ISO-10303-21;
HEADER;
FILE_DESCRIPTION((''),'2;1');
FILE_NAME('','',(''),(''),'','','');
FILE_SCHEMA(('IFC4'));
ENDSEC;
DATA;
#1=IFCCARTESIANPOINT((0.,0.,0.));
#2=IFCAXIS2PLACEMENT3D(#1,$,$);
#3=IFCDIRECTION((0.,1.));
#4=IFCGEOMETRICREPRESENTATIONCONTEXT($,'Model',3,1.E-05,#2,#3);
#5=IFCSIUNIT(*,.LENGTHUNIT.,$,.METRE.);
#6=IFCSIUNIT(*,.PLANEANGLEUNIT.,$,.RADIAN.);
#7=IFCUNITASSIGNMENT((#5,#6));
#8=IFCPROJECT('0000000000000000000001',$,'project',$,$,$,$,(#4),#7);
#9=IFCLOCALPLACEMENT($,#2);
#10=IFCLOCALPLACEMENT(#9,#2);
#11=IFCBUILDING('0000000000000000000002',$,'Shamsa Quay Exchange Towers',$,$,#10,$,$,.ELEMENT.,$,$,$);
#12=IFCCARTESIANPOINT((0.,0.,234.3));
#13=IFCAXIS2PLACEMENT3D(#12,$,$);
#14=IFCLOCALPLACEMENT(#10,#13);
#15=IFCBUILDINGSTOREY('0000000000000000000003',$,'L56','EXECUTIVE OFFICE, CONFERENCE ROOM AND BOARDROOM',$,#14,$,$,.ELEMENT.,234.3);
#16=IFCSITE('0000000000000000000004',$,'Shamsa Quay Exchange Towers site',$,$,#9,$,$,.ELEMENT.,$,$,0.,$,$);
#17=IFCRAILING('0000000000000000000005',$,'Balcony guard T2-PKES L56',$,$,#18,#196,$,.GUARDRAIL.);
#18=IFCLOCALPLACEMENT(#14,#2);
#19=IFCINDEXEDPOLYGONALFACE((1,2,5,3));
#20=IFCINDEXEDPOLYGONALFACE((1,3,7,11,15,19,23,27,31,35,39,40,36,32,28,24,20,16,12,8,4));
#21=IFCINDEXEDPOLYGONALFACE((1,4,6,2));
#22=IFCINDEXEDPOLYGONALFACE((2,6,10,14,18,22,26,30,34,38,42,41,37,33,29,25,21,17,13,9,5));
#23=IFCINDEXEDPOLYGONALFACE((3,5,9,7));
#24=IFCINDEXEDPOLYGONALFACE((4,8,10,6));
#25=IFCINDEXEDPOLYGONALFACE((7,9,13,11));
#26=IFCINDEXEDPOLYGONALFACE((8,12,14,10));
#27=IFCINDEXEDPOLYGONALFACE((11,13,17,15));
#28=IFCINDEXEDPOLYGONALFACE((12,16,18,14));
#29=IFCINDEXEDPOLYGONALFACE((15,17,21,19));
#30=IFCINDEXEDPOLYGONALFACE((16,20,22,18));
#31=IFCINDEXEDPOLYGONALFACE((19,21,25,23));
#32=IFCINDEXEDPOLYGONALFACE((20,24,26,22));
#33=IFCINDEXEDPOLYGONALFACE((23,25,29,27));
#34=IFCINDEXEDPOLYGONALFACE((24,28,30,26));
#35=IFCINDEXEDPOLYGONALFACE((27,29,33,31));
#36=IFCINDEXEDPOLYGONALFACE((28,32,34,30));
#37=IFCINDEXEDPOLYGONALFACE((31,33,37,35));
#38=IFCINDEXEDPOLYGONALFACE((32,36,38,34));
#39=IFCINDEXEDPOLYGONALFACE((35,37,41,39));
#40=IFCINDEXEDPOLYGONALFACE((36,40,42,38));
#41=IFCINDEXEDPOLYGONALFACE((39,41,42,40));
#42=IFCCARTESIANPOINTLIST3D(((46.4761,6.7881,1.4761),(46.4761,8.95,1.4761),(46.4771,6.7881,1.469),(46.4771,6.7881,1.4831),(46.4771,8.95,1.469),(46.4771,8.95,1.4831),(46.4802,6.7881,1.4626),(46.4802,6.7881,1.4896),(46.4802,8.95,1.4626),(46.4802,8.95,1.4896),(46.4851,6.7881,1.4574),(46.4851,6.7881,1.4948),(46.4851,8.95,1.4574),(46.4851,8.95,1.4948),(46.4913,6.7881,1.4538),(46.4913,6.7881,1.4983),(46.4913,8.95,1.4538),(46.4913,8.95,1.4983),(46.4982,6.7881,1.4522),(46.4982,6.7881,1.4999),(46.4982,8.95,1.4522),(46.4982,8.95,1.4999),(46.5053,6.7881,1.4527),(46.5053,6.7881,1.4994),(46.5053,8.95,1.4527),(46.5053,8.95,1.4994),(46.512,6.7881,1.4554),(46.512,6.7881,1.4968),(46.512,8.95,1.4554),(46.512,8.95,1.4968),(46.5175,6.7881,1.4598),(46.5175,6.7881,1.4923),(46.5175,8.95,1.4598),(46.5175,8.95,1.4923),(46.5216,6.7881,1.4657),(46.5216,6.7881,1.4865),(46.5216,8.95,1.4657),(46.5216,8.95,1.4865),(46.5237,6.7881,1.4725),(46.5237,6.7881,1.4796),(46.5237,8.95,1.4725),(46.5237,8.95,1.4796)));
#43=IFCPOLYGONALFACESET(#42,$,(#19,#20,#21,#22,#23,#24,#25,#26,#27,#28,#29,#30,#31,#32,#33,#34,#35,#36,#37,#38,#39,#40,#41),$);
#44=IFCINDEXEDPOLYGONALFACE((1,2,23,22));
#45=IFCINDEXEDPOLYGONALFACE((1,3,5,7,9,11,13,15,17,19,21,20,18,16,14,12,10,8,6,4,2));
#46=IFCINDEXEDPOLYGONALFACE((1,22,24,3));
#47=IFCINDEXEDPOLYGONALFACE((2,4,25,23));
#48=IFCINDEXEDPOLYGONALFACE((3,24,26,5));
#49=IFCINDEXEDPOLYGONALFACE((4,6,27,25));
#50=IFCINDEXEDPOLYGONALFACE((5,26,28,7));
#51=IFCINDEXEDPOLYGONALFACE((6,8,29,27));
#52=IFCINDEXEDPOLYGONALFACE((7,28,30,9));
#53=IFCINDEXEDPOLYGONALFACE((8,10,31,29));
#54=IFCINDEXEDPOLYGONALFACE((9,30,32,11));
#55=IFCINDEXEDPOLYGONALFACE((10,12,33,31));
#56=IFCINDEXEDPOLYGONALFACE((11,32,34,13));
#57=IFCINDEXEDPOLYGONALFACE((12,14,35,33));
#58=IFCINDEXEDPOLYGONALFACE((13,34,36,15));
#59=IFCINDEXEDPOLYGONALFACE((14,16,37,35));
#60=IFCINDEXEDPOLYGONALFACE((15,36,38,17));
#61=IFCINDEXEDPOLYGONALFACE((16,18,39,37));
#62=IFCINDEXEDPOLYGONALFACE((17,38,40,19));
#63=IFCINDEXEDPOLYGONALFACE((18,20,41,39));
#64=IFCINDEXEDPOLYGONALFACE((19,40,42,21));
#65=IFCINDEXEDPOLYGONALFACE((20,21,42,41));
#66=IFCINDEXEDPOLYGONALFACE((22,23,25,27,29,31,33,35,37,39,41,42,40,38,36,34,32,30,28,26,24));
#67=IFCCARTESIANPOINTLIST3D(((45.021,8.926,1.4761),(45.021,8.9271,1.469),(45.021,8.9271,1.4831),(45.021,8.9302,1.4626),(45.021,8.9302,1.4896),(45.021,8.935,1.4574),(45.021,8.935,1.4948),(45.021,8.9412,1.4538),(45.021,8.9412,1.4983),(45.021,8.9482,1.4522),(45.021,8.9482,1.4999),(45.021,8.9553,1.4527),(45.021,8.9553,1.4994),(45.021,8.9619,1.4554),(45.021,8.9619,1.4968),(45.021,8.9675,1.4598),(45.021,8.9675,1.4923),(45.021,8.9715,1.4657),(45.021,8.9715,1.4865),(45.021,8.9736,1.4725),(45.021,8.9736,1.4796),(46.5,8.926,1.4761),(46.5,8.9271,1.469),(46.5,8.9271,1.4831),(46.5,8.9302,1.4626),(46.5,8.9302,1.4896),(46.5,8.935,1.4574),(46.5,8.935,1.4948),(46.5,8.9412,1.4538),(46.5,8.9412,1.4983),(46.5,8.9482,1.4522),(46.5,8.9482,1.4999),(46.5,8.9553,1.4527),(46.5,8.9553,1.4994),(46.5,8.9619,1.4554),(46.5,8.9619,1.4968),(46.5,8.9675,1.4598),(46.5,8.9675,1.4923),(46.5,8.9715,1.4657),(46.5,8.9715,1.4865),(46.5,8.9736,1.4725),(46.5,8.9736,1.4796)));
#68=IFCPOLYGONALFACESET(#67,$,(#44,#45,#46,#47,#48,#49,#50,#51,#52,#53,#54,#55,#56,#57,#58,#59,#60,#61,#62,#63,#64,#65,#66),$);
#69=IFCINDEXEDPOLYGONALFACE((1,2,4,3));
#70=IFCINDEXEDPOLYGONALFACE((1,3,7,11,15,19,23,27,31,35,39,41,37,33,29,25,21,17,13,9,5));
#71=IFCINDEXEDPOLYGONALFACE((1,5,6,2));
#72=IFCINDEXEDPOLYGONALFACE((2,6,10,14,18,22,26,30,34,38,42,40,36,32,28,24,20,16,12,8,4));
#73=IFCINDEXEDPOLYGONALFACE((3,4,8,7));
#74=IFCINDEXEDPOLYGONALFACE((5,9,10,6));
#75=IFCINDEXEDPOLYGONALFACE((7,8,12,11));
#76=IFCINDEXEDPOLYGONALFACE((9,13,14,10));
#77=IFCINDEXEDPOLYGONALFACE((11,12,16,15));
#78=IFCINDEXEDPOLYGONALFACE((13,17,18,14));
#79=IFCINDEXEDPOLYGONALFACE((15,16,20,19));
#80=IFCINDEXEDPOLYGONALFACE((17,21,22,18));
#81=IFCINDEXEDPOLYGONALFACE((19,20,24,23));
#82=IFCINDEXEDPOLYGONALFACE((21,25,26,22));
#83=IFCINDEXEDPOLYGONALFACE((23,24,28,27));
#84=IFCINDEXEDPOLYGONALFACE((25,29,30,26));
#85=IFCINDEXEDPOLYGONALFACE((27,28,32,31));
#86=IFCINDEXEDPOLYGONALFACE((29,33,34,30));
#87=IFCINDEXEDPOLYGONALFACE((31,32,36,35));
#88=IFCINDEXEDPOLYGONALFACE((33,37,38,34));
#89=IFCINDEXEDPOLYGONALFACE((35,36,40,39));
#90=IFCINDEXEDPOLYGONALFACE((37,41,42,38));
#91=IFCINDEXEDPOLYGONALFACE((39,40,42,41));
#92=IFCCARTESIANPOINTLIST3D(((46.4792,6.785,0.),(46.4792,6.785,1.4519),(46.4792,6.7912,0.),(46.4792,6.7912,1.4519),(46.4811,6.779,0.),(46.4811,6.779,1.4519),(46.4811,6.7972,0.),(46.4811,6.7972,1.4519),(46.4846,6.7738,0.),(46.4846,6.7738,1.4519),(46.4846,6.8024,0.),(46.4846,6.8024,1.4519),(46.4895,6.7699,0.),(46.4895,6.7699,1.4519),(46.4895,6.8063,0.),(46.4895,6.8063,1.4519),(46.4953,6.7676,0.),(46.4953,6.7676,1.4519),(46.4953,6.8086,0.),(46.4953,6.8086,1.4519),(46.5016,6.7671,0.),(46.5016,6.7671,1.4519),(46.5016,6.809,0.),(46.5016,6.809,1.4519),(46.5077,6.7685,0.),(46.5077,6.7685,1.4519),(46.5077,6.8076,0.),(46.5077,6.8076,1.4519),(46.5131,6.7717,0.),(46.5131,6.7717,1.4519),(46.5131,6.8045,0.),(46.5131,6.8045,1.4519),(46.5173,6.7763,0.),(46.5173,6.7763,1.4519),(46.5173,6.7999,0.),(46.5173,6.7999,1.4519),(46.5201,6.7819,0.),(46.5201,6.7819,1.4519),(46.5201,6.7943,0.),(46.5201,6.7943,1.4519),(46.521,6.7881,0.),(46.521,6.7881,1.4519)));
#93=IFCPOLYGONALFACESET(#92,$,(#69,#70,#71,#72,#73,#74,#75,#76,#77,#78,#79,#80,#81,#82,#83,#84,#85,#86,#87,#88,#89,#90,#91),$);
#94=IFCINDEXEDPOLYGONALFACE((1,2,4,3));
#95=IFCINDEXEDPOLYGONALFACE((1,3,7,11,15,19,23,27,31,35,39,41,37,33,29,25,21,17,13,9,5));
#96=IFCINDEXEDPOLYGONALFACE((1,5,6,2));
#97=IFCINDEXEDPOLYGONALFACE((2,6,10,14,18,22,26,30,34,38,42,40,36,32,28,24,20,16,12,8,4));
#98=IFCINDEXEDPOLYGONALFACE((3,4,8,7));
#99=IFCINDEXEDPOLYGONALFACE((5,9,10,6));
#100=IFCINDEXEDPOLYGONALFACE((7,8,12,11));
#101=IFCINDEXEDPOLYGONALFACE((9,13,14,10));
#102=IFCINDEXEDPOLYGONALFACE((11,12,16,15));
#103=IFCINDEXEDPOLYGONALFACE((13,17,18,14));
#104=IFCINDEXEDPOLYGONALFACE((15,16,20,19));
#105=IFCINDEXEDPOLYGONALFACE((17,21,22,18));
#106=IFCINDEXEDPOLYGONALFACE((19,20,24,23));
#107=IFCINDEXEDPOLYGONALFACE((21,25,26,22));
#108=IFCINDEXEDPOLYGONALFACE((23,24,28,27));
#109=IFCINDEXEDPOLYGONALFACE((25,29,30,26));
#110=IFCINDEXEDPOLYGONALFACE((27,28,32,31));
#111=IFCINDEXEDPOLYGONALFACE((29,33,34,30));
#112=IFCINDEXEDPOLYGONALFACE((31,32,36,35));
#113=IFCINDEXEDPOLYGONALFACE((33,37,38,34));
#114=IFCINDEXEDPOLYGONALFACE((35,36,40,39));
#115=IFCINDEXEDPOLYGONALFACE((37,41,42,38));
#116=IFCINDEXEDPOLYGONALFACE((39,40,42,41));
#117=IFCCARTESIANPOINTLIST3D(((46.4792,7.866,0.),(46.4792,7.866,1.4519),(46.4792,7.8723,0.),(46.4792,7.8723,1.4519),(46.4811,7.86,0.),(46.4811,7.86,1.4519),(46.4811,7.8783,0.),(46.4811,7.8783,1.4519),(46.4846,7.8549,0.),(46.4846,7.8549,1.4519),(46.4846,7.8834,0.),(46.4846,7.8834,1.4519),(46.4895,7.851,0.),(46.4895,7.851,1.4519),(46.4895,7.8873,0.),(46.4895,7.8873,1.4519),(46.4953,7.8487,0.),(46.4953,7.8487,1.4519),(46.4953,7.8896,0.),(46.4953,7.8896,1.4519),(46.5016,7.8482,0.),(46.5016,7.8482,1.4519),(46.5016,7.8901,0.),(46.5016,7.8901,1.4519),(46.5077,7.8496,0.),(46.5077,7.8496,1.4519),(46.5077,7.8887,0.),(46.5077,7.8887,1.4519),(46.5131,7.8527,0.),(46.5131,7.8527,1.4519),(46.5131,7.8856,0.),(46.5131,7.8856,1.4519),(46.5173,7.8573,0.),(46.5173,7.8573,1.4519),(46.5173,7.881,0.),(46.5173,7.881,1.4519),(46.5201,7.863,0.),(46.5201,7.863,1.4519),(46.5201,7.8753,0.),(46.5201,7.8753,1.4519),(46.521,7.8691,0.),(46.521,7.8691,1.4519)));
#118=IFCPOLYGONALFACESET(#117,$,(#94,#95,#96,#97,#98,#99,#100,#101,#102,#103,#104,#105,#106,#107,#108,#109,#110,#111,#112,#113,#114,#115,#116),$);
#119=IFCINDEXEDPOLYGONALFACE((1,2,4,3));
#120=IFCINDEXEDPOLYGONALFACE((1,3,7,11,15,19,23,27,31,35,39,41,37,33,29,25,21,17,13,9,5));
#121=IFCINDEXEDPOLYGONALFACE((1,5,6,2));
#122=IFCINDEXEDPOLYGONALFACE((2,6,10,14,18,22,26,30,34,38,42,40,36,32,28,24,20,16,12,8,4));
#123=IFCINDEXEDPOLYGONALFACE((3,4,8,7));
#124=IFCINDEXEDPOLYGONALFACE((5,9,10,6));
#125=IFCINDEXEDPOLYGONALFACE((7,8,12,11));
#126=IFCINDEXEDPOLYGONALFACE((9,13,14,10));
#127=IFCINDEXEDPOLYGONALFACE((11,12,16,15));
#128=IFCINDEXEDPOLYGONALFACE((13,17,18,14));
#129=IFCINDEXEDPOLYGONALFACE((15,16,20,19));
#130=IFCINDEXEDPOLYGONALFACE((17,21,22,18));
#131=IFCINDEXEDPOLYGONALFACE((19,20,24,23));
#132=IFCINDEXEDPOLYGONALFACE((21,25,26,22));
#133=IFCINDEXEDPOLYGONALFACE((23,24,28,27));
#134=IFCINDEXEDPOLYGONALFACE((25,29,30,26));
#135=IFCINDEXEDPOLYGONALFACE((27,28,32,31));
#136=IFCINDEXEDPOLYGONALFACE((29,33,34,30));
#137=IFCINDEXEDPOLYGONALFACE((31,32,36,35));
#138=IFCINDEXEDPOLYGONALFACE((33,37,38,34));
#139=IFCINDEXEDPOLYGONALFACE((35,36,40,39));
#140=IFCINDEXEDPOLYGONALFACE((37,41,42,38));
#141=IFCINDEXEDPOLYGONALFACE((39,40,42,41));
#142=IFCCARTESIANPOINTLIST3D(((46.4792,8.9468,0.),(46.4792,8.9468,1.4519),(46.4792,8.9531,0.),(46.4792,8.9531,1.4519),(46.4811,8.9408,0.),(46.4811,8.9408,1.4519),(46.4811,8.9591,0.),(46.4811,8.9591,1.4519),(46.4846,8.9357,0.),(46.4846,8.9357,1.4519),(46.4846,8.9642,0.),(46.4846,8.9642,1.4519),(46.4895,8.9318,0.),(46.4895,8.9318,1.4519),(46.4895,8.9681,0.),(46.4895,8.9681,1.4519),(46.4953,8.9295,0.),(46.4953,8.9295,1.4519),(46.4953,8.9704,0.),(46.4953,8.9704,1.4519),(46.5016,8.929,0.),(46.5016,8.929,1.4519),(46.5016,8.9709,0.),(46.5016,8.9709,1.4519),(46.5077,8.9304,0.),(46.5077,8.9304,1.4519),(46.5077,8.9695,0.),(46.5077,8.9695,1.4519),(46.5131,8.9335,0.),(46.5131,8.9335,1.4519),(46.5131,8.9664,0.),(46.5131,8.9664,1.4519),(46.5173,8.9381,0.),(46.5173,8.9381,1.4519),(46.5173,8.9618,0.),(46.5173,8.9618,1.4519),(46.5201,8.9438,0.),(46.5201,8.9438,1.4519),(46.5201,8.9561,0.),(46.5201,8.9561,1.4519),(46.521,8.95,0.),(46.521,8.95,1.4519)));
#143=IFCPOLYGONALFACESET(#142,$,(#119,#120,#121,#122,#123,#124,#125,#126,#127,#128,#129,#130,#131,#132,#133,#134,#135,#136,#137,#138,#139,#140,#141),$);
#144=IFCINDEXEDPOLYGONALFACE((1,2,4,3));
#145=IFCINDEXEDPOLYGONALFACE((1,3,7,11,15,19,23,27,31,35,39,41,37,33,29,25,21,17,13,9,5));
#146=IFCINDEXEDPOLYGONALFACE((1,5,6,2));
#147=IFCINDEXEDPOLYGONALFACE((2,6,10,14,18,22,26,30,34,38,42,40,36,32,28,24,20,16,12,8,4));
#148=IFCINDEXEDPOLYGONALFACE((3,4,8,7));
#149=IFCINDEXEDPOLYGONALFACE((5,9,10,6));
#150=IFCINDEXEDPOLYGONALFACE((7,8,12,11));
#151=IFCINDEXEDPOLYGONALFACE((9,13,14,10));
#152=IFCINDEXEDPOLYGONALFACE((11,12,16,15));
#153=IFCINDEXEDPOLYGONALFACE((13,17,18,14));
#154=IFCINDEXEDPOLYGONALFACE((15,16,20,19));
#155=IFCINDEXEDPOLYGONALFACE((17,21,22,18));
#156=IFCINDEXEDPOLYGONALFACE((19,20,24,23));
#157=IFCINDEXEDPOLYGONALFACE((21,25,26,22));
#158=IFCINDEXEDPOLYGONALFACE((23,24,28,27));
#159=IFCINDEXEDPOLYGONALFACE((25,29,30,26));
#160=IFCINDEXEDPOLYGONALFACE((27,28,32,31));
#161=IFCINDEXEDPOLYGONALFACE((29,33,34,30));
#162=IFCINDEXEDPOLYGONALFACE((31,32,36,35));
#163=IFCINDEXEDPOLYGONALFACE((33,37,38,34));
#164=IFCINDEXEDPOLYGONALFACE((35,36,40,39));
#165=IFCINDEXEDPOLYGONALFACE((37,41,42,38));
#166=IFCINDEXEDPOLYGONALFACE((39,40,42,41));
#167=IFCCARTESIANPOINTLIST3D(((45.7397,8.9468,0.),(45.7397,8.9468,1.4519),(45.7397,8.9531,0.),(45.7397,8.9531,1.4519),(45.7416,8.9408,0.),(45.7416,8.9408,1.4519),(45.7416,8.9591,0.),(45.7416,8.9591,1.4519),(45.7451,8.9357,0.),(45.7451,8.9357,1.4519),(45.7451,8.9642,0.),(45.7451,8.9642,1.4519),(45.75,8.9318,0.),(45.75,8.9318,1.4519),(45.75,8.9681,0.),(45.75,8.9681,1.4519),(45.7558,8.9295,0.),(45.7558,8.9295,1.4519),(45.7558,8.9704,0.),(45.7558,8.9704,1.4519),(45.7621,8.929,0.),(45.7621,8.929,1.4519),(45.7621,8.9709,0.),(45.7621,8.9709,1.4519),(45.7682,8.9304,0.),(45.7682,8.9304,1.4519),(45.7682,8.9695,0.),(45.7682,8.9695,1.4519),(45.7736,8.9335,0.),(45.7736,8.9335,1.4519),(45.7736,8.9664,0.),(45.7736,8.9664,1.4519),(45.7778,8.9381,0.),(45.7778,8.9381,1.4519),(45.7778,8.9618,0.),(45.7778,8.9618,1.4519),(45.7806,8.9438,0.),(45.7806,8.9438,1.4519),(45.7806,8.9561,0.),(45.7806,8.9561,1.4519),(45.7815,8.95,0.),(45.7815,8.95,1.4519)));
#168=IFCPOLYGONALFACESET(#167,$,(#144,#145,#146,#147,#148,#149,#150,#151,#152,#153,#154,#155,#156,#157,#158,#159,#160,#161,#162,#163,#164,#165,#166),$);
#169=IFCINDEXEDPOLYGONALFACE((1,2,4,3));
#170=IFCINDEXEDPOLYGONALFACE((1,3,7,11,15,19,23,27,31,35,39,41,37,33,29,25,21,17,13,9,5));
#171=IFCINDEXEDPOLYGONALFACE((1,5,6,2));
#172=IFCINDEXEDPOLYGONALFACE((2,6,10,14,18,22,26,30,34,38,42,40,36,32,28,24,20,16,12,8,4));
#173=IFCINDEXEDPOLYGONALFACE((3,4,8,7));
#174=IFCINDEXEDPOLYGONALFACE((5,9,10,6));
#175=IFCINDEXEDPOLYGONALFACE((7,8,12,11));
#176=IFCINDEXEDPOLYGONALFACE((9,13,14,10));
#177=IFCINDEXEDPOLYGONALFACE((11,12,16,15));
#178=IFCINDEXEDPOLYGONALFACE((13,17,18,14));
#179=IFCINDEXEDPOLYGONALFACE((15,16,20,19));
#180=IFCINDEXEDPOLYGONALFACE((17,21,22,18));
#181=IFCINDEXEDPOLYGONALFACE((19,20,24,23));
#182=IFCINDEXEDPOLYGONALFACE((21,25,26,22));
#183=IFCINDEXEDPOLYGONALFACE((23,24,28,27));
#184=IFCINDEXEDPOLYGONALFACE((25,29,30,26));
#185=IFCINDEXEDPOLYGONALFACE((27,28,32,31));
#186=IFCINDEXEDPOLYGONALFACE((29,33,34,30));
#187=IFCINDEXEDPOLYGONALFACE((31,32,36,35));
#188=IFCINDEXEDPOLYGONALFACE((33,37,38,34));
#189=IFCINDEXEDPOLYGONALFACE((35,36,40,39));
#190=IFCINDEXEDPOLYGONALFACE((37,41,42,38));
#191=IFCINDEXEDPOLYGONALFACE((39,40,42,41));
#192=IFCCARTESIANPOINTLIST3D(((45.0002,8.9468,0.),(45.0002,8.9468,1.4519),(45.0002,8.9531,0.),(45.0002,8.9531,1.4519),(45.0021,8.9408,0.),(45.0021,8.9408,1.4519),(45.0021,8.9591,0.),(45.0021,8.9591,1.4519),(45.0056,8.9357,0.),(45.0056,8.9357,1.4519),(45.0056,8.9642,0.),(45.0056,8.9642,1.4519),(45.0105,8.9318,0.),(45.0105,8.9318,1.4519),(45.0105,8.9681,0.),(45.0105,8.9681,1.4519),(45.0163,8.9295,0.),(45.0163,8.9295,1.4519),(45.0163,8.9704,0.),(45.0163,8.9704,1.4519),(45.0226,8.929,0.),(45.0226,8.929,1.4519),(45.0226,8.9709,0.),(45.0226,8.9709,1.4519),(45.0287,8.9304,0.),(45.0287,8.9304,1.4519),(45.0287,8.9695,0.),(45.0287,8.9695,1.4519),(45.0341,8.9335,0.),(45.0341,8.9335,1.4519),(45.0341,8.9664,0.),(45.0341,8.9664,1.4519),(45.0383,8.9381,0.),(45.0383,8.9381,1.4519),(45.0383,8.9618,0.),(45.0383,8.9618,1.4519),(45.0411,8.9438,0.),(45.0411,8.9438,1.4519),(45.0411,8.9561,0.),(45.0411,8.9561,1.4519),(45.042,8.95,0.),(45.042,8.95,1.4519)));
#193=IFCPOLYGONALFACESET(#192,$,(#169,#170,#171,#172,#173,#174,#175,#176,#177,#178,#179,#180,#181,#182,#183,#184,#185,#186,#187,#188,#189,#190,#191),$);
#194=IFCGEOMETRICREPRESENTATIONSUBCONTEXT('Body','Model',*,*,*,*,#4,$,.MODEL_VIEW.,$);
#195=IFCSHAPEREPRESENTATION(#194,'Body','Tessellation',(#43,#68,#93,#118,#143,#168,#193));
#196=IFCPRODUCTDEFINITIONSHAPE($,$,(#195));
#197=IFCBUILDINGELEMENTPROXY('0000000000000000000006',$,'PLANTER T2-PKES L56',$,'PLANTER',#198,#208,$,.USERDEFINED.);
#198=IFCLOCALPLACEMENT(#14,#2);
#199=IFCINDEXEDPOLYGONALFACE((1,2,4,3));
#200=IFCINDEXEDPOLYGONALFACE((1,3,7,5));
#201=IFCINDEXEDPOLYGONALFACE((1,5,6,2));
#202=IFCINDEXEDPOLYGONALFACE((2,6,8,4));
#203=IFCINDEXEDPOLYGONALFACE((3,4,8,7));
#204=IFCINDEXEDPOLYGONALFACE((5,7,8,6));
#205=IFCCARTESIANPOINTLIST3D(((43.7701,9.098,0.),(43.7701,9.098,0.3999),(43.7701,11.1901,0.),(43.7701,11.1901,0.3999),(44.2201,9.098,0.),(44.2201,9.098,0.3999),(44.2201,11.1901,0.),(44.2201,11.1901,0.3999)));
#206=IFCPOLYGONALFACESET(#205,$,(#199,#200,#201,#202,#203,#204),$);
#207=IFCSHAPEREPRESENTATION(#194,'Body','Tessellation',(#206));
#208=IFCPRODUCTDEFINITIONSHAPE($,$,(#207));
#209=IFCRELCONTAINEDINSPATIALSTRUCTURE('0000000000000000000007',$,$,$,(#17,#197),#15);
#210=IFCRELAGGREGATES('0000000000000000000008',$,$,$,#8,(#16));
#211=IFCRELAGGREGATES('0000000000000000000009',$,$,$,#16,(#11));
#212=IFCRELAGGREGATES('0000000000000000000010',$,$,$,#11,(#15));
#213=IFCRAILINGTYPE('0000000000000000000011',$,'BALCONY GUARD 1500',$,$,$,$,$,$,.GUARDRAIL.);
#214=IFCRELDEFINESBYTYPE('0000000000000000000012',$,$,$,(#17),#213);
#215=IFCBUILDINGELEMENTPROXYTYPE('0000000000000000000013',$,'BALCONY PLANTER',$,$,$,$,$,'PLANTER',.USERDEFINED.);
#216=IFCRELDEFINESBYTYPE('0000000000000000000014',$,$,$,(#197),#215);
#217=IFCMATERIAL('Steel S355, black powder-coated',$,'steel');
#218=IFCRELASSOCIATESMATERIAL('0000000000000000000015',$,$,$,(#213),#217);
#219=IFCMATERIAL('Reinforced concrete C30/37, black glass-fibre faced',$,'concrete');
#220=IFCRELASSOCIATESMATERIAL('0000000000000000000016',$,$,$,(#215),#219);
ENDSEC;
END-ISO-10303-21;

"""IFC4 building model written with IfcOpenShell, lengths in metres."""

from ifc_helpers import new_model, si_unit, direction, frame, origin, origin_2d, place, context, subcontext, project, spatial, rectangle, circle, extrude, material, type_object, element, save


model = new_model("IFC4")

# Units and contexts
model_context = context("Model", 3, precision=1e-05, world=origin(), true_north=direction((0.0, 1.0)))
body_context = subcontext(model_context, "Body", "Model", "MODEL_VIEW")
ifc_project = project(units=[si_unit("LENGTHUNIT", "METRE"), si_unit("PLANEANGLEUNIT", "RADIAN")], contexts=[model_context])

# Site, building, storey
site_placement = place(None, origin())
site = spatial("IfcSite", under=ifc_project, at=site_placement, Name="Shamsa Quay Exchange Towers site", CompositionType="ELEMENT", RefElevation=0.0)
building_placement = place(site_placement, origin())
building = spatial("IfcBuilding", under=site, at=building_placement, Name="Shamsa Quay Exchange Towers", CompositionType="ELEMENT")
storey_placement = place(building_placement, frame((0.0, 0.0, 234.3)))
storey = spatial("IfcBuildingStorey", under=building, at=storey_placement, Name="L56", Description="EXECUTIVE OFFICE, CONFERENCE ROOM AND BOARDROOM", CompositionType="ELEMENT", Elevation=234.3)

# Railing
ifc_material_1 = material(Name="Steel S355, black powder-coated", Category="steel")
railing_type_1 = type_object("IfcRailingType", Name="BALCONY GUARD 1500", PredefinedType="GUARDRAIL", material=ifc_material_1)
for number, where, name in (
    (1, (46.5, 6.7881, 0.0), "Balcony guard T2-PKES L56"),
):
    element("IfcRailing", number, at=place(storey_placement, frame(where)), inside=storey, type_object=railing_type_1, Name=name, PredefinedType="GUARDRAIL", context=body_context, shape_type="SweptSolid", body=[
        extrude(circle(Radius=0.0239, at=origin_2d()), frame((0.0, 0.0, 1.4761), z_axis=(0.0, 1.0, 0.0), x_axis=(-1.0, 0.0, 0.0)), (0.0, 0.0, 1.0), 2.1619),
        extrude(circle(Radius=0.0239, at=origin_2d()), frame((0.0, 2.1619, 1.4761), z_axis=(-1.0, 0.0, 0.0), x_axis=(0.0, -1.0, 0.0)), (0.0, 0.0, 1.0), 1.479),
        extrude(circle(Radius=0.021, at=origin_2d()), origin(), (0.0, 0.0, 1.0), 1.4519),
        extrude(circle(Radius=0.021, at=origin_2d()), frame((0.0, 1.0811, 0.0)), (0.0, 0.0, 1.0), 1.4519),
        extrude(circle(Radius=0.021, at=origin_2d()), frame((0.0, 2.1619, 0.0)), (0.0, 0.0, 1.0), 1.4519),
        extrude(circle(Radius=0.021, at=origin_2d()), frame((-0.7395, 2.1619, 0.0)), (0.0, 0.0, 1.0), 1.4519),
        extrude(circle(Radius=0.021, at=origin_2d()), frame((-1.479, 2.1619, 0.0)), (0.0, 0.0, 1.0), 1.4519),
    ])

# Building element proxy
ifc_material_2 = material(Name="Reinforced concrete C30/37, black glass-fibre faced", Category="concrete")
building_element_proxy_type = type_object("IfcBuildingElementProxyType", Name="BALCONY PLANTER", ElementType="PLANTER", PredefinedType="USERDEFINED", material=ifc_material_2)
for number, where, z_axis, x_axis, name in (
    (2, (43.9951, 10.144, 0.0), (0.0, 0.0, 1.0), (0.0, 1.0, 0.0), "PLANTER T2-PKES L56"),
):
    element("IfcBuildingElementProxy", number, at=place(storey_placement, frame(where, z_axis=z_axis, x_axis=x_axis)), inside=storey, type_object=building_element_proxy_type, Name=name, ObjectType="PLANTER", PredefinedType="USERDEFINED", context=body_context, shape_type="SweptSolid", body=[
        extrude(rectangle(XDim=2.092, YDim=0.45, at=origin_2d()), origin(), (0.0, 0.0, 1.0), 0.3999),
    ])

save(model, "model.ifc")
